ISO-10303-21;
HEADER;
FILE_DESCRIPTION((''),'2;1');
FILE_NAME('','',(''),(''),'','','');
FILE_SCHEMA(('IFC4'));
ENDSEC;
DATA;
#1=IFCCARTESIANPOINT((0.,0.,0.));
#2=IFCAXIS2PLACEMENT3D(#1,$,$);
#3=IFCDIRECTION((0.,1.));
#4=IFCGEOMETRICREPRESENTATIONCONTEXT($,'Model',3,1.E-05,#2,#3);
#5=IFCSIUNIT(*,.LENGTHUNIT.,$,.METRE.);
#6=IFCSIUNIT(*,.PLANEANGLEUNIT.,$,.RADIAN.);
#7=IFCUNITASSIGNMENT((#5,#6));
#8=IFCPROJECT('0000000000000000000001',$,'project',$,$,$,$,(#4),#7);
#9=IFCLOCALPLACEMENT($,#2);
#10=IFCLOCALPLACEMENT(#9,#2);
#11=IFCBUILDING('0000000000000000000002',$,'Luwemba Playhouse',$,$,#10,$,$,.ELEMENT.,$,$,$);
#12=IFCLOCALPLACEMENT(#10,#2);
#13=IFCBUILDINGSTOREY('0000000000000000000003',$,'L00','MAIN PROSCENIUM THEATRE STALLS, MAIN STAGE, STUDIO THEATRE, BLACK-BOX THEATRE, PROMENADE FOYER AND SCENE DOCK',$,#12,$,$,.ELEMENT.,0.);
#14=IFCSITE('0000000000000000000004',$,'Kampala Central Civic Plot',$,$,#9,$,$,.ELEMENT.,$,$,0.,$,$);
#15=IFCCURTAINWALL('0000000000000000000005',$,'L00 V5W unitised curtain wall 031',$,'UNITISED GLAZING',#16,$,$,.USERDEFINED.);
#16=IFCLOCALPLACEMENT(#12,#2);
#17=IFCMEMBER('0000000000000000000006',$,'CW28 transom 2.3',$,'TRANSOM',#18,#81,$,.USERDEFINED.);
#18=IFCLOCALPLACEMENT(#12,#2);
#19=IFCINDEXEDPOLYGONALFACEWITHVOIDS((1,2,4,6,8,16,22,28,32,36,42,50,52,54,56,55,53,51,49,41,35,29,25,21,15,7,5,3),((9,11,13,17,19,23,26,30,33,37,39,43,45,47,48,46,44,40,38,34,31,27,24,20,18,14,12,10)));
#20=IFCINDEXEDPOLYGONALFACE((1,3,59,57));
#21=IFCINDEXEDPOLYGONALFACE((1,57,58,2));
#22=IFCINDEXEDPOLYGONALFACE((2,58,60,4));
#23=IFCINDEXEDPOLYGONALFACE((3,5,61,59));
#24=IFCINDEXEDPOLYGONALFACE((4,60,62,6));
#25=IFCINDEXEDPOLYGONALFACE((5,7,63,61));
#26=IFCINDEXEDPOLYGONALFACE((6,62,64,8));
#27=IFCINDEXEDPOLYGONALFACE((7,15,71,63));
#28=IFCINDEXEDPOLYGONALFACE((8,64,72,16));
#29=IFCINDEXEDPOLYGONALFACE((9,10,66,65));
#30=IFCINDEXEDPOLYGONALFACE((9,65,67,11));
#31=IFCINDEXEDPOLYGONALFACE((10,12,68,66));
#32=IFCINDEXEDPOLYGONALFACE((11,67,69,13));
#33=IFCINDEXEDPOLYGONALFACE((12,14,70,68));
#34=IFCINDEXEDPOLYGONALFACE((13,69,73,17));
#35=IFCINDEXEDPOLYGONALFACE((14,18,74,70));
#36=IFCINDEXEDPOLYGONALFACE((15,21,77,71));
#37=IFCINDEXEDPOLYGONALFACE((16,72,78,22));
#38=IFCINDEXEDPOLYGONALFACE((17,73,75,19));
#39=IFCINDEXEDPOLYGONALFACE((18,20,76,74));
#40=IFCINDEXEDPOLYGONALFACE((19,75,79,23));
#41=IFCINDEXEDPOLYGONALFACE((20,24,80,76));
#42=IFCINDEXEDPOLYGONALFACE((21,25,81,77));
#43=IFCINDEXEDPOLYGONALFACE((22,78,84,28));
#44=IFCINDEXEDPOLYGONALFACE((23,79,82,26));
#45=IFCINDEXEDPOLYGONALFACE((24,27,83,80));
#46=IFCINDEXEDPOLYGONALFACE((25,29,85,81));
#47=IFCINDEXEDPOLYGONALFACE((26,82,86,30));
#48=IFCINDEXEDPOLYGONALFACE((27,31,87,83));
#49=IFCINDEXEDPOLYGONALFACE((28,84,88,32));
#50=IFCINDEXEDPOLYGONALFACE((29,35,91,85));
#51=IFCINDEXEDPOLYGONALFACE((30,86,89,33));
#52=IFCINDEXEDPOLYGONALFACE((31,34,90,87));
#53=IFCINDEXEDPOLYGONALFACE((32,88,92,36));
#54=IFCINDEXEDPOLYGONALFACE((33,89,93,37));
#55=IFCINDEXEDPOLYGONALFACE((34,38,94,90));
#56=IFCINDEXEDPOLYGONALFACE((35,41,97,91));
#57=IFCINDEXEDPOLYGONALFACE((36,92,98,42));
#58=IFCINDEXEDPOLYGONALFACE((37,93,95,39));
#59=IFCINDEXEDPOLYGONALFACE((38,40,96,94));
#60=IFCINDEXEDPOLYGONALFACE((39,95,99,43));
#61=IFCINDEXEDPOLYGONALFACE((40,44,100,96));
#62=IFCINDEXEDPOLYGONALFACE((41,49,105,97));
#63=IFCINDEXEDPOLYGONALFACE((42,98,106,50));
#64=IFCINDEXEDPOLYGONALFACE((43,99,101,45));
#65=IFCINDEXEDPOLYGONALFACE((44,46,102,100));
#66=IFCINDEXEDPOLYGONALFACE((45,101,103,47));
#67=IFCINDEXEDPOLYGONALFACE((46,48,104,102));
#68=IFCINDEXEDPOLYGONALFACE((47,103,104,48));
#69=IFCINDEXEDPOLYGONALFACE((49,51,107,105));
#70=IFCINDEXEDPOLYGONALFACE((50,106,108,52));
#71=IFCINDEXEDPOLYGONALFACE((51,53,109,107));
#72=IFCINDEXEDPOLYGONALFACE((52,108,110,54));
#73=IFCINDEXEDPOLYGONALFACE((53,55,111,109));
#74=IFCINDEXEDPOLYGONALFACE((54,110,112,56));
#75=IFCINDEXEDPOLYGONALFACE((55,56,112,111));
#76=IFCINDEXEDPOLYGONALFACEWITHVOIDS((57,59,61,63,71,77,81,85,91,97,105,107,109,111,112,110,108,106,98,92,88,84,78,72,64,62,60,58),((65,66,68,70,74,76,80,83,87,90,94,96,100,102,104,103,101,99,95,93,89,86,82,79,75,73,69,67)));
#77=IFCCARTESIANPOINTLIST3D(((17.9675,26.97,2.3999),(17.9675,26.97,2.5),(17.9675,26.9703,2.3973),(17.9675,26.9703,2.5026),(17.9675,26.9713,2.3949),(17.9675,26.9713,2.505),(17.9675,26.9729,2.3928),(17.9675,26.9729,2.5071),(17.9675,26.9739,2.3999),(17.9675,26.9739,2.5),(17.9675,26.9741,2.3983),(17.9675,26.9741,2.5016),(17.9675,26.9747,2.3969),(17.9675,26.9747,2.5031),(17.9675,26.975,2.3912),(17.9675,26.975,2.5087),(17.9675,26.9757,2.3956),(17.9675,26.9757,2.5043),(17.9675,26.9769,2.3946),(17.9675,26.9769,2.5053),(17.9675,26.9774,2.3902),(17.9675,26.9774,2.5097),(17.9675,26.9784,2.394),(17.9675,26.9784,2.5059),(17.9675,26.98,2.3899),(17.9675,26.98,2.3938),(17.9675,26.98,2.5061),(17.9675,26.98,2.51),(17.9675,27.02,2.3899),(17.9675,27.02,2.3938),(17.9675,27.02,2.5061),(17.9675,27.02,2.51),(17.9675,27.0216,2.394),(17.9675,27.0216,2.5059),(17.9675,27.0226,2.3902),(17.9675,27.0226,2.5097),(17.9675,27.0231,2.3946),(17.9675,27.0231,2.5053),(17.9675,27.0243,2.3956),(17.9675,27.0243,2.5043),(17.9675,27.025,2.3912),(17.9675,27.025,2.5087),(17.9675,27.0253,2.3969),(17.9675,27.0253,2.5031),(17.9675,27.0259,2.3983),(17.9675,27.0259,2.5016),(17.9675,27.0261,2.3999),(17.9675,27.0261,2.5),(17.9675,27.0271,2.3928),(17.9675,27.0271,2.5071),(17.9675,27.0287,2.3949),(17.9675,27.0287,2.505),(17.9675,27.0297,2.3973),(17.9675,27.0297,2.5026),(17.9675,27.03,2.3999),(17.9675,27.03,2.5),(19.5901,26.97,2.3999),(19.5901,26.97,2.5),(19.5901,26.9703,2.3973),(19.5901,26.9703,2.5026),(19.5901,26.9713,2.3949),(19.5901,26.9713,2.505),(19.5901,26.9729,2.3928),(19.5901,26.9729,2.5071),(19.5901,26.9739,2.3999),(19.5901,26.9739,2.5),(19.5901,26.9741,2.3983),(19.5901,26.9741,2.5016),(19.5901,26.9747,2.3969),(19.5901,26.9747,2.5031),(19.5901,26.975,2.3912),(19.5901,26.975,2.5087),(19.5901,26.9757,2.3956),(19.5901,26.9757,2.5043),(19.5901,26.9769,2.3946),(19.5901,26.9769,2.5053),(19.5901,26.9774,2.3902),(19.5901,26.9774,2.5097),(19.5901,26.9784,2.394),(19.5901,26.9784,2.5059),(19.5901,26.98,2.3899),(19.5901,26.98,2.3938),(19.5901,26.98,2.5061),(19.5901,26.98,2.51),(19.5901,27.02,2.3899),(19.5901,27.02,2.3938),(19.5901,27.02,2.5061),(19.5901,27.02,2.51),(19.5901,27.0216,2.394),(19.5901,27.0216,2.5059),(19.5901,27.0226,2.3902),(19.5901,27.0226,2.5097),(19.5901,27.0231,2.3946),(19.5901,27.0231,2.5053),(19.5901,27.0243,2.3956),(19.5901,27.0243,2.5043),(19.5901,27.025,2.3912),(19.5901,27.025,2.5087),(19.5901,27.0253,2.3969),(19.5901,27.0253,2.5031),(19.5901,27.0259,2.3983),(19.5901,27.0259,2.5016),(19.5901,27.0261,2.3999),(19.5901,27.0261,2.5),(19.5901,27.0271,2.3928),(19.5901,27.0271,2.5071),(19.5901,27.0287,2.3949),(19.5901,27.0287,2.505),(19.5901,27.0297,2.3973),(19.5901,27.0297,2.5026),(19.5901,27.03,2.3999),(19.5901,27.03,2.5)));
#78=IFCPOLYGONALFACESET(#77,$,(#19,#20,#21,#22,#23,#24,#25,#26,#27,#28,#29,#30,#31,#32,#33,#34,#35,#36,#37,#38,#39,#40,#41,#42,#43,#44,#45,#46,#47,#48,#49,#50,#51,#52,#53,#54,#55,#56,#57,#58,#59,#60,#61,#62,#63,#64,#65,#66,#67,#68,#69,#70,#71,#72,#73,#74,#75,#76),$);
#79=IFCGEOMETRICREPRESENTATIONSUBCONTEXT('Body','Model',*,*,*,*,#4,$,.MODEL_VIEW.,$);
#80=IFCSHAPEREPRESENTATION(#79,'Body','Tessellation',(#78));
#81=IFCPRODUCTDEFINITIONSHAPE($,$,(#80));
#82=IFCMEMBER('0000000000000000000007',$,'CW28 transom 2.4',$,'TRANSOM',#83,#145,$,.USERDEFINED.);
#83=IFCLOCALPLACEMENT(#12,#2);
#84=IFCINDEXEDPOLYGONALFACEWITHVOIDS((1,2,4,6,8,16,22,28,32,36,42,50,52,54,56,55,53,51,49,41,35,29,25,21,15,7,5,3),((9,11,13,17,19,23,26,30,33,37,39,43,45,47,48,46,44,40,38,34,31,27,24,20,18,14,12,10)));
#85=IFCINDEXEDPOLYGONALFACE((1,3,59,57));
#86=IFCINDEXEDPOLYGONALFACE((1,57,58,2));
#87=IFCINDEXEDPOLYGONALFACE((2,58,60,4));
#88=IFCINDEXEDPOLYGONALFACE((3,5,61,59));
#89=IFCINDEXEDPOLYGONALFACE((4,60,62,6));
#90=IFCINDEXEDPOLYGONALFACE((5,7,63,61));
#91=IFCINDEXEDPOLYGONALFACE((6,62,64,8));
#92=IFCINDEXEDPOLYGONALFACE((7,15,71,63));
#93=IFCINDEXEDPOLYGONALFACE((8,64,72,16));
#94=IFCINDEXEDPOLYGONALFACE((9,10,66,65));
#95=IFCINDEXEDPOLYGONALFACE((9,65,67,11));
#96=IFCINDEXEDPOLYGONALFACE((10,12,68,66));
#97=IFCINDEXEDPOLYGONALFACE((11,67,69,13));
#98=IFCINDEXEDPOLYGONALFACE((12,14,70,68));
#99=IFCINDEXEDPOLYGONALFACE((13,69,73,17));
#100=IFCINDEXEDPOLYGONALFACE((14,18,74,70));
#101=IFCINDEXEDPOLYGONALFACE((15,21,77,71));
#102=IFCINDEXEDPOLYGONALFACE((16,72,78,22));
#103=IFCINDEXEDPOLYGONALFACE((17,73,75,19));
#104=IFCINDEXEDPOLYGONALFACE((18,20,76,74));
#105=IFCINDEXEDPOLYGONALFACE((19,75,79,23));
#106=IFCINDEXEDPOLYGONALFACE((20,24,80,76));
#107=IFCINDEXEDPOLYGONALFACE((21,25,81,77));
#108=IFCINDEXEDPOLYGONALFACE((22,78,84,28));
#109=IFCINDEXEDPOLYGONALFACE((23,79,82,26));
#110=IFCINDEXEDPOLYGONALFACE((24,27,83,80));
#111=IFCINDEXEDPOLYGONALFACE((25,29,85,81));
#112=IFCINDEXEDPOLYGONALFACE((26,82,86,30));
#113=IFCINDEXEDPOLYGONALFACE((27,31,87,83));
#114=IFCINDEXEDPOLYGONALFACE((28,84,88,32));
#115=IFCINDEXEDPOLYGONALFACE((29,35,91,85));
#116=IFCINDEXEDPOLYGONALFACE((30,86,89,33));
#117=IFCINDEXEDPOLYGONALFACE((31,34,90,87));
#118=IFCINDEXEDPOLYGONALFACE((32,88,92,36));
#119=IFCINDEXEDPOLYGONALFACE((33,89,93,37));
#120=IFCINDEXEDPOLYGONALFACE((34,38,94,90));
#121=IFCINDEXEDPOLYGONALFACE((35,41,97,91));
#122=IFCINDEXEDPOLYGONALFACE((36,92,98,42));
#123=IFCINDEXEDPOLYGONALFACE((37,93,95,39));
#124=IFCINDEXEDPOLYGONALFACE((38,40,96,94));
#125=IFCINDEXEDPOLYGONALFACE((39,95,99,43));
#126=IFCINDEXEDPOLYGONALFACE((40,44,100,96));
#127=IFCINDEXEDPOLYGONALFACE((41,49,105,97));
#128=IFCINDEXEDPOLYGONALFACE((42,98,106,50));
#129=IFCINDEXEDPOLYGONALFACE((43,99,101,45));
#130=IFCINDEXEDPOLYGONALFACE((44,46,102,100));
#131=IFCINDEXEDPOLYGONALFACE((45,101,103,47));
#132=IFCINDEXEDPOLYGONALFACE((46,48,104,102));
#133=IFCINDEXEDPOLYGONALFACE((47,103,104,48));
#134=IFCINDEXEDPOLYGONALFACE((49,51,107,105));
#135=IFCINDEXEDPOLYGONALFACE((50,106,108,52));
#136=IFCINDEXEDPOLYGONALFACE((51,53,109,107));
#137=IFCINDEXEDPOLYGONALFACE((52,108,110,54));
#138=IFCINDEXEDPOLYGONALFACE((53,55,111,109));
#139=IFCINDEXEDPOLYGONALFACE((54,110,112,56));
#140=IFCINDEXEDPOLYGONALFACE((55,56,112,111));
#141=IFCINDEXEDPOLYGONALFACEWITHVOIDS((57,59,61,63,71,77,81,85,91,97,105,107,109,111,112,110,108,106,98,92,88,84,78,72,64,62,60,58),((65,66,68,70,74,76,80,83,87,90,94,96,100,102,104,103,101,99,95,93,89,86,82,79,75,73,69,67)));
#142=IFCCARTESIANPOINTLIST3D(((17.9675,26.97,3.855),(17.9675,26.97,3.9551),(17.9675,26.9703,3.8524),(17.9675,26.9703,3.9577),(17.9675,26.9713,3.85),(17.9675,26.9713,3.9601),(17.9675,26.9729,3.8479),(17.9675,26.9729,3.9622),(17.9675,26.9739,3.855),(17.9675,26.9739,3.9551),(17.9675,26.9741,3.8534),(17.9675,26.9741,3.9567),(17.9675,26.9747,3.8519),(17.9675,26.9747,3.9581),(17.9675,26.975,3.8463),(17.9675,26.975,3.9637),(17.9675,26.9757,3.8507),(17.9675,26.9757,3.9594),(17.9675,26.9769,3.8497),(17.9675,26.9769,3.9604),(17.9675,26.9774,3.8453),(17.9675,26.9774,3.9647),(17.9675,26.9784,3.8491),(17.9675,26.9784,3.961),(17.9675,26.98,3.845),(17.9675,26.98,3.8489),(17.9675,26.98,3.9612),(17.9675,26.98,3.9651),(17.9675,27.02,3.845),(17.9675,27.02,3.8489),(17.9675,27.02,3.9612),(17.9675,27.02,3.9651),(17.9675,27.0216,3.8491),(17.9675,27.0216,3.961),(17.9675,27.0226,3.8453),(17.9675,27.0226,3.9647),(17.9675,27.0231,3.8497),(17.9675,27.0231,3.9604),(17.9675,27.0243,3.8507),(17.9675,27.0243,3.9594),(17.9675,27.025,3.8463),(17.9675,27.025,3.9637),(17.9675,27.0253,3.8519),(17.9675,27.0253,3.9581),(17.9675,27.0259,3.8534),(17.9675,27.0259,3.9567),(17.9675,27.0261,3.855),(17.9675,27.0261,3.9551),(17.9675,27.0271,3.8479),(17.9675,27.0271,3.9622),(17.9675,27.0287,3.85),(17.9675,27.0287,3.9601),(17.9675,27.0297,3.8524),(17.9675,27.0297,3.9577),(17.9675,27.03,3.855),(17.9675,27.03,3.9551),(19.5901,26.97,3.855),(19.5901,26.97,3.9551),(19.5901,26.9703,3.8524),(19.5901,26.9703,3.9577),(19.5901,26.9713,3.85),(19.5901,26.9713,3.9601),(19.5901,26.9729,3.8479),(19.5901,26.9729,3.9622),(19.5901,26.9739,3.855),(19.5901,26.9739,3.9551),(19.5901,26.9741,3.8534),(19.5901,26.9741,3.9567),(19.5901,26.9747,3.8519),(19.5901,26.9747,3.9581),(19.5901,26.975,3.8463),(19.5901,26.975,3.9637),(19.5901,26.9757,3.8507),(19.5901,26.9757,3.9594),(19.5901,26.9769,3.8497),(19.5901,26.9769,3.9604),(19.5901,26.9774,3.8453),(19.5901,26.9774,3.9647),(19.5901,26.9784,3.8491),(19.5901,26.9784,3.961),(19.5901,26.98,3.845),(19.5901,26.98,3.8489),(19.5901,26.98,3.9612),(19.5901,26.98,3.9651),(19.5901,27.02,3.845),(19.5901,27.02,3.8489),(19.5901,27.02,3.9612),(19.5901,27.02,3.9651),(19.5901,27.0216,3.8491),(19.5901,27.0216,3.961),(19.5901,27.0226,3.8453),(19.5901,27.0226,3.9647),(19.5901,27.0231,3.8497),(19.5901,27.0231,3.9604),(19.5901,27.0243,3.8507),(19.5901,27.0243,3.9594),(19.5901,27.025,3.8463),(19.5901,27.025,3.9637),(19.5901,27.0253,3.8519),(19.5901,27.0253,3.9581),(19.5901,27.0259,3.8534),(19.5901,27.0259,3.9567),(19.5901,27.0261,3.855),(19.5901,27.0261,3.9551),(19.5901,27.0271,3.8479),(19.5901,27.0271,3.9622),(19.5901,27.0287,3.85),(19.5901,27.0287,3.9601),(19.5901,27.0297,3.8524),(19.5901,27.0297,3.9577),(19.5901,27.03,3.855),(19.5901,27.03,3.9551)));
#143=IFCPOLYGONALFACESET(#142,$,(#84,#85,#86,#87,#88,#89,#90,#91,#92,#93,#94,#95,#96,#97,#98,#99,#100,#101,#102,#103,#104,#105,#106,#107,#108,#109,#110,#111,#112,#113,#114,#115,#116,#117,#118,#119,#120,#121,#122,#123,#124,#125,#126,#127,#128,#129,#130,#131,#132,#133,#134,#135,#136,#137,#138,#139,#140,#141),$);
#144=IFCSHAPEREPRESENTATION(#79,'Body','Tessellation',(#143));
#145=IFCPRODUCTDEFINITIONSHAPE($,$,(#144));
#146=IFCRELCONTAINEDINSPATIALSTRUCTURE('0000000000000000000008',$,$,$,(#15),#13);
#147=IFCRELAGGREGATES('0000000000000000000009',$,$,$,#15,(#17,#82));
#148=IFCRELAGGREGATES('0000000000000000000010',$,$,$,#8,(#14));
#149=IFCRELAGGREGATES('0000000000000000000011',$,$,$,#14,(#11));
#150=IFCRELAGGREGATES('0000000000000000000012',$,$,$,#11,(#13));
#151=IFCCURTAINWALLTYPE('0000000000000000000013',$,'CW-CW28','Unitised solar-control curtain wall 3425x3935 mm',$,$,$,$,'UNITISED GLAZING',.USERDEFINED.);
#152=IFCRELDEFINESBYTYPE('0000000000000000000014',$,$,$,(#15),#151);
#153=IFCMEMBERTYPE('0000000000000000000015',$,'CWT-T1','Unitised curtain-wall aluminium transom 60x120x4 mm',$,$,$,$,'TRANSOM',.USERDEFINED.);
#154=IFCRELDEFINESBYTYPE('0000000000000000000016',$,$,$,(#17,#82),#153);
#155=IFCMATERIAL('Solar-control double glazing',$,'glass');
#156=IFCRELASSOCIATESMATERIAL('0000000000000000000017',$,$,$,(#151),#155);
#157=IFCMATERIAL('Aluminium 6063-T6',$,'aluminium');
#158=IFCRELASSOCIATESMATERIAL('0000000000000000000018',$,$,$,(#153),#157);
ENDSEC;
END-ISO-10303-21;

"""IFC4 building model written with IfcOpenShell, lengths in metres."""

from ifc_helpers import new_model, si_unit, direction, frame, origin, origin_2d, place, context, subcontext, project, spatial, hollow_rectangle, extrude, material, material_profile, profile_set, type_object, element, aggregate, save


model = new_model("IFC4")

# Units and contexts
model_context = context("Model", 3, precision=1e-05, world=origin(), true_north=direction((0.0, 1.0)))
body_context = subcontext(model_context, "Body", "Model", "MODEL_VIEW")
ifc_project = project(units=[si_unit("LENGTHUNIT", "METRE"), si_unit("PLANEANGLEUNIT", "RADIAN")], contexts=[model_context])

# Site, building, storey
site_placement = place(None, origin())
site = spatial("IfcSite", under=ifc_project, at=site_placement, Name="Kampala Central Civic Plot", CompositionType="ELEMENT", RefElevation=0.0)
building_placement = place(site_placement, origin())
building = spatial("IfcBuilding", under=site, at=building_placement, Name="Luwemba Playhouse", CompositionType="ELEMENT")
storey_placement = place(building_placement, origin())
storey = spatial("IfcBuildingStorey", under=building, at=storey_placement, Name="L00", Description="MAIN PROSCENIUM THEATRE STALLS, MAIN STAGE, STUDIO THEATRE, BLACK-BOX THEATRE, PROMENADE FOYER AND SCENE DOCK", CompositionType="ELEMENT", Elevation=0.0)

# Curtain wall
ifc_material_1 = material(Name="Solar-control double glazing", Category="glass")
curtain_wall_type_1 = type_object("IfcCurtainWallType", Name="CW-CW28", Description="Unitised solar-control curtain wall 3425x3935 mm", ElementType="UNITISED GLAZING", PredefinedType="USERDEFINED", material=ifc_material_1)
curtain_wall_1_placement = place(storey_placement, origin())
curtain_wall_1 = element("IfcCurtainWall", 1, at=curtain_wall_1_placement, inside=storey, type_object=curtain_wall_type_1, Name="L00 V5W unitised curtain wall 031", ObjectType="UNITISED GLAZING", PredefinedType="USERDEFINED")
ifc_material_2 = material(Name="Aluminium 6063-T6", Category="aluminium")

# Members
ifc_material_profile_1 = material_profile(ifc_material_2, hollow_rectangle(XDim=0.0601, YDim=0.1201, WallThickness=0.0039, InnerFilletRadius=0.0061, OuterFilletRadius=0.01, at=origin_2d()))
ifc_profile_set_1 = profile_set([ifc_material_profile_1], Name="Aluminium 6063-T6")
member_type_1 = type_object("IfcMemberType", Name="CWT-T1", Description="Unitised curtain-wall aluminium transom 60x120x4 mm", ElementType="TRANSOM", PredefinedType="USERDEFINED", material=ifc_profile_set_1)
member_1_placement = place(storey_placement, frame((17.9675, 27.0, 2.45), z_axis=(1.0, 0.0, 0.0), x_axis=(0.0, 1.0, 0.0)))
member_1 = element("IfcMember", 2, at=member_1_placement, type_object=member_type_1, Name="CW28 transom 2.3", ObjectType="TRANSOM", PredefinedType="USERDEFINED", context=body_context, shape_type="SweptSolid", body=[
    extrude(hollow_rectangle(XDim=0.0601, YDim=0.1201, WallThickness=0.0039, InnerFilletRadius=0.0061, OuterFilletRadius=0.01, at=origin_2d()), origin(), (0.0, 0.0, 1.0), 1.6226),
])
member_2_placement = place(storey_placement, frame((17.9675, 27.0, 3.905), z_axis=(1.0, 0.0, 0.0), x_axis=(0.0, 1.0, 0.0)))
member_2 = element("IfcMember", 3, at=member_2_placement, type_object=member_type_1, Name="CW28 transom 2.4", ObjectType="TRANSOM", PredefinedType="USERDEFINED", context=body_context, shape_type="SweptSolid", body=[
    extrude(hollow_rectangle(XDim=0.0601, YDim=0.1201, WallThickness=0.0039, InnerFilletRadius=0.0061, OuterFilletRadius=0.01, at=origin_2d()), origin(), (0.0, 0.0, 1.0), 1.6226),
])

aggregate(curtain_wall_1, [member_1, member_2])

save(model, "model.ifc")
